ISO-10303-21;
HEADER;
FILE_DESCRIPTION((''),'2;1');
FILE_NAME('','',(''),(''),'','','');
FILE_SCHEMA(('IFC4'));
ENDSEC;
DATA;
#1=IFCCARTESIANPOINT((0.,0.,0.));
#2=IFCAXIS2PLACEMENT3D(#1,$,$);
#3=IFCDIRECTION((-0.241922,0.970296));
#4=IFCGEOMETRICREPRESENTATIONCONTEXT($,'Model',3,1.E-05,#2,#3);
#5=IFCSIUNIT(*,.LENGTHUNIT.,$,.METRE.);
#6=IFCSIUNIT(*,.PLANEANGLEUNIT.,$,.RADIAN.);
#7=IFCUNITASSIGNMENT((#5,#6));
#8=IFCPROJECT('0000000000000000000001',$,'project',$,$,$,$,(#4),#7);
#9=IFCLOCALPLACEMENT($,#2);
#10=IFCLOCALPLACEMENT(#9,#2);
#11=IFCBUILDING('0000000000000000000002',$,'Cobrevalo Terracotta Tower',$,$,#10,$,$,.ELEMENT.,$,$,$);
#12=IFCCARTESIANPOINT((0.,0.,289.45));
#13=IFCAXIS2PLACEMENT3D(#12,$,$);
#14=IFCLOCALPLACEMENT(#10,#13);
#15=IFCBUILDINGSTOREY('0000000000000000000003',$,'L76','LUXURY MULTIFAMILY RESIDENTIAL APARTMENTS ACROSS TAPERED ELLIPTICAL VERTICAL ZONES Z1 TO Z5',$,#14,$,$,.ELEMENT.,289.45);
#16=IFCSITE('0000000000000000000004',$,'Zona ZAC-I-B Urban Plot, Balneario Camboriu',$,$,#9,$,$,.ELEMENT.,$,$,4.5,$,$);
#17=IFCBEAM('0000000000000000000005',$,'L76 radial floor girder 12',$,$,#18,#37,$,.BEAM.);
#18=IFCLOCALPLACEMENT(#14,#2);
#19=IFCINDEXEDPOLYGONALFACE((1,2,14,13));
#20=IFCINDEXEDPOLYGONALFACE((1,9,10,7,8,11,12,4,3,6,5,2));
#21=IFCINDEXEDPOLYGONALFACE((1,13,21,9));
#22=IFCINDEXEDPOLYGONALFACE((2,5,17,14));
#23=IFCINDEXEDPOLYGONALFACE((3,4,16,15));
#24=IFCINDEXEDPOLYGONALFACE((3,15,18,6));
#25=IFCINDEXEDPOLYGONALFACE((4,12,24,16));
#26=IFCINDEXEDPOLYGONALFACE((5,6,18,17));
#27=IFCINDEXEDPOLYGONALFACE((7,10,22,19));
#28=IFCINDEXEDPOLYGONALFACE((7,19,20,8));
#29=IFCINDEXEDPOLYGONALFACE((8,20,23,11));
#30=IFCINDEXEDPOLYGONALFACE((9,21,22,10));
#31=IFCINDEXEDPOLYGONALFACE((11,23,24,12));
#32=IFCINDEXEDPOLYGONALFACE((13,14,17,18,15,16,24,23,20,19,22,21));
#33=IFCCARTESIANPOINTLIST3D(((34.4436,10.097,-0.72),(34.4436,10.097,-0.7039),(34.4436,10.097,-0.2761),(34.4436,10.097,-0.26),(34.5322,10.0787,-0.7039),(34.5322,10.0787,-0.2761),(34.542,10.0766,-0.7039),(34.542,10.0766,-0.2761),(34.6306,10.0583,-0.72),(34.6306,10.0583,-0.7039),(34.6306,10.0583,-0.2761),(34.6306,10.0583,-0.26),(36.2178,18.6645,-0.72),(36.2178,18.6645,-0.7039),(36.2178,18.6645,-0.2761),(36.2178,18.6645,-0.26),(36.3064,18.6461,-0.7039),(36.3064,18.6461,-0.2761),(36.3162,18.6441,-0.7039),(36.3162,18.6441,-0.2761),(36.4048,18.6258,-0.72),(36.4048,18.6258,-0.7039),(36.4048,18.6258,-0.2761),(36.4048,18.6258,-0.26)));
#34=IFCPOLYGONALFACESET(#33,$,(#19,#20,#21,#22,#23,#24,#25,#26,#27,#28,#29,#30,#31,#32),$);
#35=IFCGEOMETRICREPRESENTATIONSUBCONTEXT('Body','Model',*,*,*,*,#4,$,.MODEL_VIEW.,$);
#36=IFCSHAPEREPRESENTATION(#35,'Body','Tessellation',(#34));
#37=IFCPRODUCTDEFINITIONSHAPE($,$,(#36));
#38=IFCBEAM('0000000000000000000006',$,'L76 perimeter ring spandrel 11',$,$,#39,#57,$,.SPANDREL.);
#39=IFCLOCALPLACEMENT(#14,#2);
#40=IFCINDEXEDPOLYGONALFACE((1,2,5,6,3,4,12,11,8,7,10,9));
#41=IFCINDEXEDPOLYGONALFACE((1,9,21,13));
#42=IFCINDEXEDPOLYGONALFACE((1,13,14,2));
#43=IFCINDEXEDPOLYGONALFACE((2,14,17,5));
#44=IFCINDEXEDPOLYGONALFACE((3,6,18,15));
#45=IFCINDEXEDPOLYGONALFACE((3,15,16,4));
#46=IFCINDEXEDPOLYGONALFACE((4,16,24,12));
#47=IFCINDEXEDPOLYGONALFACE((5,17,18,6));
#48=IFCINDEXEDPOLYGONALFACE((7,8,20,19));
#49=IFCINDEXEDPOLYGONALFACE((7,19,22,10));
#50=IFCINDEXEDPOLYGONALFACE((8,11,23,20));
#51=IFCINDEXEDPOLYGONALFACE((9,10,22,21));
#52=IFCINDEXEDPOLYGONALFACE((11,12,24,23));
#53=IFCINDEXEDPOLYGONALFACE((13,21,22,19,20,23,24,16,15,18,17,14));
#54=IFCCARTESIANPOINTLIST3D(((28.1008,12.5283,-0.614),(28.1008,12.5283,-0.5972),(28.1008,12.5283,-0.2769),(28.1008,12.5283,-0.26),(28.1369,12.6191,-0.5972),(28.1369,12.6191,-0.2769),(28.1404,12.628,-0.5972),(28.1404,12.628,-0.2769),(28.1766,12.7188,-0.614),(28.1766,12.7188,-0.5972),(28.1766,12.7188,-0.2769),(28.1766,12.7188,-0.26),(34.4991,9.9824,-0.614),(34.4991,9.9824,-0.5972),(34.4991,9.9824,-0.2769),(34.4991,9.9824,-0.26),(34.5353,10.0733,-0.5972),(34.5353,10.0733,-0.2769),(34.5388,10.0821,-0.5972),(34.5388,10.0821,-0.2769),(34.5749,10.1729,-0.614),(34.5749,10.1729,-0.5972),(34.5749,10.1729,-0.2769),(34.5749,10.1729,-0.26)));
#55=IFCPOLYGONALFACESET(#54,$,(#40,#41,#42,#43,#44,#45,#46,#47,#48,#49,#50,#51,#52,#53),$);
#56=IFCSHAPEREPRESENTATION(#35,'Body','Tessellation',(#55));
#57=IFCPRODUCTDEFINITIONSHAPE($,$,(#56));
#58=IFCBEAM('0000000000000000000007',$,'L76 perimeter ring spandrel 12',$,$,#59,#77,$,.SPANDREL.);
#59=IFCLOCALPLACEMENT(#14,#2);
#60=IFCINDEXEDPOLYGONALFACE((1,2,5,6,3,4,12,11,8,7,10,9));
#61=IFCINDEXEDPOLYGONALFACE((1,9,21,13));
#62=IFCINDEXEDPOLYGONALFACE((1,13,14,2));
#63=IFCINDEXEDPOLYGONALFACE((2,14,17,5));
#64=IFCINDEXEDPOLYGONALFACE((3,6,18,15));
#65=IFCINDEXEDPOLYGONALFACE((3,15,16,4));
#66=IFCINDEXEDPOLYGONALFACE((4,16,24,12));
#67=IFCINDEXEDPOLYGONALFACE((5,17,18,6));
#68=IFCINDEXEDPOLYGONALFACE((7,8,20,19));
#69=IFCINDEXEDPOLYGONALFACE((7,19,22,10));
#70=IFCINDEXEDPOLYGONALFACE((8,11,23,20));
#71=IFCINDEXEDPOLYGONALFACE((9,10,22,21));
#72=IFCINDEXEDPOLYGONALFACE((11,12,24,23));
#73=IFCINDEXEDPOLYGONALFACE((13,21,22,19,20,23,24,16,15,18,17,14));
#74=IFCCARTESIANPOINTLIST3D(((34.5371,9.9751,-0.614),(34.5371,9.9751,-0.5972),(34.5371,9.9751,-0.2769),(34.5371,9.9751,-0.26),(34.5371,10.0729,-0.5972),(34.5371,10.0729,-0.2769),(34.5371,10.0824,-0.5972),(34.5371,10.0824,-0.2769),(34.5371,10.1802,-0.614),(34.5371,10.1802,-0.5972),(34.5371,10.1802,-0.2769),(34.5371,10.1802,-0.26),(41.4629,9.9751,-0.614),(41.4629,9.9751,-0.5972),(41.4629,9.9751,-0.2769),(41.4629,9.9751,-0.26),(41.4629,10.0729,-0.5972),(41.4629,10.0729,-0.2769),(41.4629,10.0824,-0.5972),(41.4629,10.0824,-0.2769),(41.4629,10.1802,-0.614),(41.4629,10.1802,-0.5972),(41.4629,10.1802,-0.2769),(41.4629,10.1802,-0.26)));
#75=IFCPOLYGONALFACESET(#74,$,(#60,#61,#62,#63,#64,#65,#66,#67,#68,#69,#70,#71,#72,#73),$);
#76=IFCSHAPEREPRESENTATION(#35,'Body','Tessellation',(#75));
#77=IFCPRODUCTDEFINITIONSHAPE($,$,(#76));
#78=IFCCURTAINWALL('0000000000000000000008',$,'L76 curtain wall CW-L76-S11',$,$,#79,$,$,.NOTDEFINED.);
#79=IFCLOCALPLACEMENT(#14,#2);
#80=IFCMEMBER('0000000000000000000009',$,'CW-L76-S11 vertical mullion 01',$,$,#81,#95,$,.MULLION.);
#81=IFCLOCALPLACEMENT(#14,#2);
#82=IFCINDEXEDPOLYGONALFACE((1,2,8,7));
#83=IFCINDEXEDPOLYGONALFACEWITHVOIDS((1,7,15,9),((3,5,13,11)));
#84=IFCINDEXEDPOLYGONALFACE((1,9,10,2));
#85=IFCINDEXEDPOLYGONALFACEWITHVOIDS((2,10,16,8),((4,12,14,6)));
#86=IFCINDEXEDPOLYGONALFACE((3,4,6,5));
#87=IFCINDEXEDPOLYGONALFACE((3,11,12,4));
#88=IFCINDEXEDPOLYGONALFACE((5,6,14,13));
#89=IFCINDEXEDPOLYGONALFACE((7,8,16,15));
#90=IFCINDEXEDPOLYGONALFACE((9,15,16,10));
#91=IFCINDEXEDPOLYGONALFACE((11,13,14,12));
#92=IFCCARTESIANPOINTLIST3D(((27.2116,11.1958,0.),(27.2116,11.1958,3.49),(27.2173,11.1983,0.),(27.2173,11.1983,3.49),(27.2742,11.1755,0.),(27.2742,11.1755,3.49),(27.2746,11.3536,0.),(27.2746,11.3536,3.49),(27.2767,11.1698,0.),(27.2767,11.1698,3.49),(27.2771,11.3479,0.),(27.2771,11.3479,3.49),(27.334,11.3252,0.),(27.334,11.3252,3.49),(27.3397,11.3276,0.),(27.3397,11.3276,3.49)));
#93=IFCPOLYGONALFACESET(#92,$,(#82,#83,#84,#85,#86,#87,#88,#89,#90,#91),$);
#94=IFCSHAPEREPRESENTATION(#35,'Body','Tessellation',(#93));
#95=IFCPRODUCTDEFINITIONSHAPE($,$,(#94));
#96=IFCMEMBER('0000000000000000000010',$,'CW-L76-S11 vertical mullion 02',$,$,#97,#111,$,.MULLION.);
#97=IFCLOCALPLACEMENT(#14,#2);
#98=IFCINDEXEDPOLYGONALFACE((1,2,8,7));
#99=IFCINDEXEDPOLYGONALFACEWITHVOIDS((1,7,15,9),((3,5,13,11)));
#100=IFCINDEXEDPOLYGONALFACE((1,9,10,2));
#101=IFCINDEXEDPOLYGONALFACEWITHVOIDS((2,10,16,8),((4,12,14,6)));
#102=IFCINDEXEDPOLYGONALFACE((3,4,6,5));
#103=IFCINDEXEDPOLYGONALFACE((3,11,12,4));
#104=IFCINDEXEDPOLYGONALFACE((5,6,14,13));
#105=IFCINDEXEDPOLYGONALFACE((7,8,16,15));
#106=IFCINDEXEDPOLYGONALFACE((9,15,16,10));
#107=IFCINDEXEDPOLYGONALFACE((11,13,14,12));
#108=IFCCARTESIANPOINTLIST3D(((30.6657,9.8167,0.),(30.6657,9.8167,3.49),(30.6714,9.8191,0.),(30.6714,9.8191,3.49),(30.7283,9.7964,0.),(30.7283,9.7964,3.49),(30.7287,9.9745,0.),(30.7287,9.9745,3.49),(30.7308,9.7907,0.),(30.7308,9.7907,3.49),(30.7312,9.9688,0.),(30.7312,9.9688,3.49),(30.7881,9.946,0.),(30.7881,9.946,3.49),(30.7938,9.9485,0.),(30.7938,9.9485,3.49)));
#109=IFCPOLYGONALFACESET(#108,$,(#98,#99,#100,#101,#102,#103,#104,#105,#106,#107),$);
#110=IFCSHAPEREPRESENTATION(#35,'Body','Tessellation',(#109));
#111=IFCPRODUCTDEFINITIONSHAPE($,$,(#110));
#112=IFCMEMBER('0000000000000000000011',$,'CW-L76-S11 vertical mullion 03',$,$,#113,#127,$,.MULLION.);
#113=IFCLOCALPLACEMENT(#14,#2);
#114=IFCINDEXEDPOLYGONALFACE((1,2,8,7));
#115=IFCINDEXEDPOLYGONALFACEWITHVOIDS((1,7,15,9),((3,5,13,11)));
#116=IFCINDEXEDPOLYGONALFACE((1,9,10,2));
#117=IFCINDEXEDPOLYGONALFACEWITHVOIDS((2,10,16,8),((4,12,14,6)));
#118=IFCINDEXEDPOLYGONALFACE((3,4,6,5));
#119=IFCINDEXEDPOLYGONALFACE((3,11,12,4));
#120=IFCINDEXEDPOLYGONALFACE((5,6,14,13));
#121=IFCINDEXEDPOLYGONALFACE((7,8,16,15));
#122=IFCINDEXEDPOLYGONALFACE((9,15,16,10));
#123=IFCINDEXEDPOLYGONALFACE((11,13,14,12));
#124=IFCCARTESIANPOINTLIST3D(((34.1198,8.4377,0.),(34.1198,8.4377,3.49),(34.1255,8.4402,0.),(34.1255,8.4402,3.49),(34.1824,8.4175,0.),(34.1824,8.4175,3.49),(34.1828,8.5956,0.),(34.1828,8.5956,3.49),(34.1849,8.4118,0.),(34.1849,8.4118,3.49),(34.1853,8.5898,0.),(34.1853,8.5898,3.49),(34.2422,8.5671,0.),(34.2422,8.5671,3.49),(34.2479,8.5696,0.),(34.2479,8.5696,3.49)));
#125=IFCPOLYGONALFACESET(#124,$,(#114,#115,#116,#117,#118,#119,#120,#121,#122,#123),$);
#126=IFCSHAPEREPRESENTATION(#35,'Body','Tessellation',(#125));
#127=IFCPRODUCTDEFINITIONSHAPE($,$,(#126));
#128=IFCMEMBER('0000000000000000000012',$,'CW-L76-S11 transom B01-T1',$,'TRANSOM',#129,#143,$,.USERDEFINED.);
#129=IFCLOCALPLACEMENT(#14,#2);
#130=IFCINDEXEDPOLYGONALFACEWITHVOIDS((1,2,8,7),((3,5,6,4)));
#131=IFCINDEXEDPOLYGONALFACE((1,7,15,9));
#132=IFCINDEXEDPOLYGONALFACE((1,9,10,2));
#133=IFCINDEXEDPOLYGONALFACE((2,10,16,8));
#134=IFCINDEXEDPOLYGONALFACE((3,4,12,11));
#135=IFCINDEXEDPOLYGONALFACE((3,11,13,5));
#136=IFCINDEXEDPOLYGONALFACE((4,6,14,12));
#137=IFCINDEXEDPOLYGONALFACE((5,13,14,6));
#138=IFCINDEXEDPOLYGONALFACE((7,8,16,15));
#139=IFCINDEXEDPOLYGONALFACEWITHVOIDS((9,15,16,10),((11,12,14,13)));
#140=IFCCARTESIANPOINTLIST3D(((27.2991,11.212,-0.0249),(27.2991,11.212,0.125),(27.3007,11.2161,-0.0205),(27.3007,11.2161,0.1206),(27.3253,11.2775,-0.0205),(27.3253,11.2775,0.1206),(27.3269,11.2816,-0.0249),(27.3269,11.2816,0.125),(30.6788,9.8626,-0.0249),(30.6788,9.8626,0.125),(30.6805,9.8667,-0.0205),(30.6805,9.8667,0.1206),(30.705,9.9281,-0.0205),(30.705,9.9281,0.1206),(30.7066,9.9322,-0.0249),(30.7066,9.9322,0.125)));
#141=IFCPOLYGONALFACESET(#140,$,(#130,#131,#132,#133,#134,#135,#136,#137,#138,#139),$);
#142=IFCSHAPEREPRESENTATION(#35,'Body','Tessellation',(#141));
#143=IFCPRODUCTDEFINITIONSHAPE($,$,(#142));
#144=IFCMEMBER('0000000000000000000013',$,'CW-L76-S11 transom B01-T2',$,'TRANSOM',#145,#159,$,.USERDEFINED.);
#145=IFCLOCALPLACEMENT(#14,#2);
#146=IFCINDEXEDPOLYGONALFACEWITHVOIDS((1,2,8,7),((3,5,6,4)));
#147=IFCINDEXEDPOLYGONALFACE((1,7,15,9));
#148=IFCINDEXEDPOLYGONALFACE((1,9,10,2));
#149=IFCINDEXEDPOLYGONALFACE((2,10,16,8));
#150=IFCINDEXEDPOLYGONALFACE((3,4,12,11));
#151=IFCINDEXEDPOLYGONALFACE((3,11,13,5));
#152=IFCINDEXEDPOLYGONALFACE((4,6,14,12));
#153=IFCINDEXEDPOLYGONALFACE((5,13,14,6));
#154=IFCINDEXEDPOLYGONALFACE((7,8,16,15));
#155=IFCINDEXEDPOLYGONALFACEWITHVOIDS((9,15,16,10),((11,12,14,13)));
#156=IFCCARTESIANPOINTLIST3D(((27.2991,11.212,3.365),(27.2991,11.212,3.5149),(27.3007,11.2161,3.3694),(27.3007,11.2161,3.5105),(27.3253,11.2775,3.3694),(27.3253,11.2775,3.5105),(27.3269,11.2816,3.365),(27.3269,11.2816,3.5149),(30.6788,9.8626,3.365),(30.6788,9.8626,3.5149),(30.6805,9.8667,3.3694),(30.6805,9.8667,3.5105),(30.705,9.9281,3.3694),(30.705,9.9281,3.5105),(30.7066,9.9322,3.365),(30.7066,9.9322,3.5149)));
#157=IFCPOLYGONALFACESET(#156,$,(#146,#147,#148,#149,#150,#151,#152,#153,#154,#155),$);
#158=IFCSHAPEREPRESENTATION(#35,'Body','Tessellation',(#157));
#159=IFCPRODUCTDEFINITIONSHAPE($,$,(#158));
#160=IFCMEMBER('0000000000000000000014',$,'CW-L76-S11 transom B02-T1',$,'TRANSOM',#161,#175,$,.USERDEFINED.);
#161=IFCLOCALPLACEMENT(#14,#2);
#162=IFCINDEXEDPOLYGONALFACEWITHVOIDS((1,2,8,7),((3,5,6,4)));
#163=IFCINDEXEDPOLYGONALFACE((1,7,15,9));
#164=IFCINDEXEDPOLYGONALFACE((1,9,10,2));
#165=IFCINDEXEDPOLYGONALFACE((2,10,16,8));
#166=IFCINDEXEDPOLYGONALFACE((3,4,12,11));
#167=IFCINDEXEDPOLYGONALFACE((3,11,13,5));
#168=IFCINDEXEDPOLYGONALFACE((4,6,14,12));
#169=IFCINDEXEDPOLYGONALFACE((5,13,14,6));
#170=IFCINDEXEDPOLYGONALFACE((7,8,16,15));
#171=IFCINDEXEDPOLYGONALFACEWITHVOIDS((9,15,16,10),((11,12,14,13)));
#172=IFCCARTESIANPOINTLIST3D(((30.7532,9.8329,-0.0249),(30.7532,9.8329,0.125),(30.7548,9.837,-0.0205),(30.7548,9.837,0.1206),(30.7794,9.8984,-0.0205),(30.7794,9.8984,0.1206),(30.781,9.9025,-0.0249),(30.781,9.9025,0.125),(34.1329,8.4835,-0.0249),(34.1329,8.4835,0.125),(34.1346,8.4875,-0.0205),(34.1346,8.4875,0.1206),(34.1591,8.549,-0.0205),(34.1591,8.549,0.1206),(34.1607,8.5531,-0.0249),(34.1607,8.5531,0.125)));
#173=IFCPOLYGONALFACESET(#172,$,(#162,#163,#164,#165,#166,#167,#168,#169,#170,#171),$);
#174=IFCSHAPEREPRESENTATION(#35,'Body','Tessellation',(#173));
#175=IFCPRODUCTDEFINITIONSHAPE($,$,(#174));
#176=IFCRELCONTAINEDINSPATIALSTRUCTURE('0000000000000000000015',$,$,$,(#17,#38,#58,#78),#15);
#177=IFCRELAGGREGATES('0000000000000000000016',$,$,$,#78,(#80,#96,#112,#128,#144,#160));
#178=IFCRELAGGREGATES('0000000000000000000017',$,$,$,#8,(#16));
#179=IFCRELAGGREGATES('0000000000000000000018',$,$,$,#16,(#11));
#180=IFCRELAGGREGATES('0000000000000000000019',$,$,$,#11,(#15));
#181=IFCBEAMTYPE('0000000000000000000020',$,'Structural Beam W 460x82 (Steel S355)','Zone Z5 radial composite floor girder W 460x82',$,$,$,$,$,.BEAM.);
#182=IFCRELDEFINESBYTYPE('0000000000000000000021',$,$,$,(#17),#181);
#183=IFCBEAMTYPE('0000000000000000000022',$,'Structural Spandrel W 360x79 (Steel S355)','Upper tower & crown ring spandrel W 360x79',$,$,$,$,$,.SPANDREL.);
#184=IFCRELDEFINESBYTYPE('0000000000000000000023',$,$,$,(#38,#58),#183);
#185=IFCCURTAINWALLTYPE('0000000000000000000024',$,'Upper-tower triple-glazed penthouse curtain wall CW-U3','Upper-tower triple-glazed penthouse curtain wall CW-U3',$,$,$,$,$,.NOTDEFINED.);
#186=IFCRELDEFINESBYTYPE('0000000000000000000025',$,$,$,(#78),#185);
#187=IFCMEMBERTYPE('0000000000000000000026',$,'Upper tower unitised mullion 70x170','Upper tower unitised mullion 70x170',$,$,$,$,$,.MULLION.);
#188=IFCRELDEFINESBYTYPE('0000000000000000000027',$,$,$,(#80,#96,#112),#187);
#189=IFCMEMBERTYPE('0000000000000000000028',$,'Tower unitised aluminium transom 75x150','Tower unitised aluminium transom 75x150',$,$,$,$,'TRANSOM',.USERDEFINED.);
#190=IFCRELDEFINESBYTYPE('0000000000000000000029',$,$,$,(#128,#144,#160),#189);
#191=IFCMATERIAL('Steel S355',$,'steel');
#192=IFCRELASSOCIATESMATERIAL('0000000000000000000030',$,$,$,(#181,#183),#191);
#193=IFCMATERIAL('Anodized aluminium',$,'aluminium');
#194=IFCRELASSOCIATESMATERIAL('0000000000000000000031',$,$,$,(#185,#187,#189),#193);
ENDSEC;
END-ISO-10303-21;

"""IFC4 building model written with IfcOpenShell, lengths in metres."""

from ifc_helpers import new_model, si_unit, direction, frame, origin, origin_2d, place, context, subcontext, project, spatial, hollow_rectangle, i_section, extrude, source, transform, mapped, material, material_profile, profile_set, type_object, element, aggregate, save


model = new_model("IFC4")

# Units and contexts
model_context = context("Model", 3, precision=1e-05, world=origin(), true_north=direction((-0.241922, 0.970296)))
body_context = subcontext(model_context, "Body", "Model", "MODEL_VIEW")
ifc_project = project(units=[si_unit("LENGTHUNIT", "METRE"), si_unit("PLANEANGLEUNIT", "RADIAN")], contexts=[model_context])

# Site, building, storey
site_placement = place(None, origin())
site = spatial("IfcSite", under=ifc_project, at=site_placement, Name="Zona ZAC-I-B Urban Plot, Balneario Camboriu", CompositionType="ELEMENT", RefElevation=4.5)
building_placement = place(site_placement, origin())
building = spatial("IfcBuilding", under=site, at=building_placement, Name="Cobrevalo Terracotta Tower", CompositionType="ELEMENT")
storey_placement = place(building_placement, frame((0.0, 0.0, 289.45)))
storey = spatial("IfcBuildingStorey", under=building, at=storey_placement, Name="L76", Description="LUXURY MULTIFAMILY RESIDENTIAL APARTMENTS ACROSS TAPERED ELLIPTICAL VERTICAL ZONES Z1 TO Z5", CompositionType="ELEMENT", Elevation=289.45)

# Shared definitions
ifc_material_1 = material(Name="Steel S355", Category="steel")

# Beams
ifc_material_profile_1 = material_profile(ifc_material_1, i_section(OverallWidth=0.1909, OverallDepth=0.46, WebThickness=0.01, FlangeThickness=0.0161, at=origin_2d()), Name="W 460x82")
ifc_profile_set_1 = profile_set([ifc_material_profile_1], Name="Steel S355")
beam_type_1 = type_object("IfcBeamType", Name="Structural Beam W 460x82 (Steel S355)", Description="Zone Z5 radial composite floor girder W 460x82", PredefinedType="BEAM", material=ifc_profile_set_1)
beam_1_placement = place(storey_placement, frame((34.5371, 10.0776, -0.49), z_axis=(0.202782, 0.979224, 0.0), x_axis=(-0.979224, 0.202782, 0.0)))
element("IfcBeam", 1, at=beam_1_placement, inside=storey, type_object=beam_type_1, Name="L76 radial floor girder 12", PredefinedType="BEAM", context=body_context, shape_type="SweptSolid", body=[
    extrude(i_section(OverallWidth=0.1909, OverallDepth=0.46, WebThickness=0.01, FlangeThickness=0.0161, at=origin_2d()), origin(), (0.0, 0.0, 1.0), 8.7493),
])
ifc_material_profile_2 = material_profile(ifc_material_1, i_section(OverallWidth=0.2051, OverallDepth=0.354, WebThickness=0.0095, FlangeThickness=0.0168, at=origin_2d()), Name="W 360x79")
ifc_profile_set_2 = profile_set([ifc_material_profile_2], Name="Steel S355")
beam_type_2 = type_object("IfcBeamType", Name="Structural Spandrel W 360x79 (Steel S355)", Description="Upper tower & crown ring spandrel W 360x79", PredefinedType="SPANDREL", material=ifc_profile_set_2)
beam_2_placement = place(storey_placement, frame((28.1387, 12.6235, -0.437), z_axis=(0.92915, -0.369703, 0.0), x_axis=(0.369703, 0.92915, 0.0)))
element("IfcBeam", 2, at=beam_2_placement, inside=storey, type_object=beam_type_2, Name="L76 perimeter ring spandrel 11", PredefinedType="SPANDREL", context=body_context, shape_type="SweptSolid", body=[
    extrude(i_section(OverallWidth=0.2051, OverallDepth=0.354, WebThickness=0.0095, FlangeThickness=0.0168, at=origin_2d()), origin(), (0.0, 0.0, 1.0), 6.8862),
])
beam_3_placement = place(storey_placement, frame((34.5371, 10.0776, -0.437), z_axis=(1.0, 0.0, 0.0), x_axis=(0.0, 1.0, 0.0)))
element("IfcBeam", 3, at=beam_3_placement, inside=storey, type_object=beam_type_2, Name="L76 perimeter ring spandrel 12", PredefinedType="SPANDREL", context=body_context, shape_type="SweptSolid", body=[
    extrude(i_section(OverallWidth=0.2051, OverallDepth=0.354, WebThickness=0.0095, FlangeThickness=0.0168, at=origin_2d()), origin(), (0.0, 0.0, 1.0), 6.9258),
])

# Curtain wall, members
ifc_material_2 = material(Name="Anodized aluminium", Category="aluminium")
curtain_wall_type = type_object("IfcCurtainWallType", Name="Upper-tower triple-glazed penthouse curtain wall CW-U3", Description="Upper-tower triple-glazed penthouse curtain wall CW-U3", PredefinedType="NOTDEFINED", material=ifc_material_2)
curtain_wall_placement = place(storey_placement, origin())
curtain_wall = element("IfcCurtainWall", 4, at=curtain_wall_placement, inside=storey, type_object=curtain_wall_type, Name="L76 curtain wall CW-L76-S11", PredefinedType="NOTDEFINED")
ifc_material_profile_3 = material_profile(ifc_material_2, hollow_rectangle(XDim=0.0701, YDim=0.1699, WallThickness=0.0044, at=origin_2d()), Name="CWM 70x170")
ifc_profile_set_3 = profile_set([ifc_material_profile_3], Name="Anodized aluminium")
member_type_1 = type_object("IfcMemberType", Name="Upper tower unitised mullion 70x170", Description="Upper tower unitised mullion 70x170", PredefinedType="MULLION", material=ifc_profile_set_3)
shared_shape_1 = source(origin(), body_context, "Body", "SweptSolid", [
    extrude(hollow_rectangle(XDim=0.0701, YDim=0.1699, WallThickness=0.0044, at=origin_2d()), origin(), (0.0, 0.0, 1.0), 3.49),
])
member_1_placement = place(storey_placement, frame((27.2756, 11.2617, 0.0), z_axis=(0.0, 0.0, 1.0), x_axis=(0.928719, -0.370784, 0.0)))
member_1 = element("IfcMember", 5, at=member_1_placement, type_object=member_type_1, Name="CW-L76-S11 vertical mullion 01", PredefinedType="MULLION", context=body_context, shape_type="MappedRepresentation", body=[
    mapped(shared_shape_1, transform((0.0, 0.0, 0.0), scale=1.0)),
])
member_2_placement = place(storey_placement, frame((30.7297, 9.8826, 0.0), z_axis=(0.0, 0.0, 1.0), x_axis=(0.928719, -0.370784, 0.0)))
member_2 = element("IfcMember", 6, at=member_2_placement, type_object=member_type_1, Name="CW-L76-S11 vertical mullion 02", PredefinedType="MULLION", context=body_context, shape_type="MappedRepresentation", body=[
    mapped(shared_shape_1, transform((0.0, 0.0, 0.0), scale=1.0)),
])
member_3_placement = place(storey_placement, frame((34.1838, 8.5037, 0.0), z_axis=(0.0, 0.0, 1.0), x_axis=(0.928719, -0.370784, 0.0)))
member_3 = element("IfcMember", 7, at=member_3_placement, type_object=member_type_1, Name="CW-L76-S11 vertical mullion 03", PredefinedType="MULLION", context=body_context, shape_type="MappedRepresentation", body=[
    mapped(shared_shape_1, transform((0.0, 0.0, 0.0), scale=1.0)),
])
ifc_material_profile_4 = material_profile(ifc_material_2, hollow_rectangle(XDim=0.075, YDim=0.1499, WallThickness=0.0044, at=origin_2d()), Name="CWT 75x150")
ifc_profile_set_4 = profile_set([ifc_material_profile_4], Name="Anodized aluminium")
member_type_2 = type_object("IfcMemberType", Name="Tower unitised aluminium transom 75x150", Description="Tower unitised aluminium transom 75x150", ElementType="TRANSOM", PredefinedType="USERDEFINED", material=ifc_profile_set_4)
shared_shape_2 = source(origin(), body_context, "Body", "SweptSolid", [
    extrude(hollow_rectangle(XDim=0.075, YDim=0.1499, WallThickness=0.0044, at=origin_2d()), origin(), (0.0, 0.0, 1.0), 3.6392),
])
member_4_placement = place(storey_placement, frame((27.313, 11.2468, 0.05), z_axis=(0.928712, -0.370801, 0.0), x_axis=(0.370801, 0.928712, 0.0)))
member_4 = element("IfcMember", 8, at=member_4_placement, type_object=member_type_2, Name="CW-L76-S11 transom B01-T1", ObjectType="TRANSOM", PredefinedType="USERDEFINED", context=body_context, shape_type="MappedRepresentation", body=[
    mapped(shared_shape_2, transform((0.0, 0.0, 0.0), scale=1.0)),
])
member_5_placement = place(storey_placement, frame((27.313, 11.2468, 3.4399), z_axis=(0.928712, -0.370801, 0.0), x_axis=(0.370801, 0.928712, 0.0)))
member_5 = element("IfcMember", 9, at=member_5_placement, type_object=member_type_2, Name="CW-L76-S11 transom B01-T2", ObjectType="TRANSOM", PredefinedType="USERDEFINED", context=body_context, shape_type="MappedRepresentation", body=[
    mapped(shared_shape_2, transform((0.0, 0.0, 0.0), scale=1.0)),
])
member_6_placement = place(storey_placement, frame((30.7671, 9.8677, 0.05), z_axis=(0.928712, -0.370801, 0.0), x_axis=(0.370801, 0.928712, 0.0)))
member_6 = element("IfcMember", 10, at=member_6_placement, type_object=member_type_2, Name="CW-L76-S11 transom B02-T1", ObjectType="TRANSOM", PredefinedType="USERDEFINED", context=body_context, shape_type="MappedRepresentation", body=[
    mapped(shared_shape_2, transform((0.0, 0.0, 0.0), scale=1.0)),
])
aggregate(curtain_wall, [member_1, member_2, member_3, member_4, member_5, member_6])

save(model, "model.ifc")
